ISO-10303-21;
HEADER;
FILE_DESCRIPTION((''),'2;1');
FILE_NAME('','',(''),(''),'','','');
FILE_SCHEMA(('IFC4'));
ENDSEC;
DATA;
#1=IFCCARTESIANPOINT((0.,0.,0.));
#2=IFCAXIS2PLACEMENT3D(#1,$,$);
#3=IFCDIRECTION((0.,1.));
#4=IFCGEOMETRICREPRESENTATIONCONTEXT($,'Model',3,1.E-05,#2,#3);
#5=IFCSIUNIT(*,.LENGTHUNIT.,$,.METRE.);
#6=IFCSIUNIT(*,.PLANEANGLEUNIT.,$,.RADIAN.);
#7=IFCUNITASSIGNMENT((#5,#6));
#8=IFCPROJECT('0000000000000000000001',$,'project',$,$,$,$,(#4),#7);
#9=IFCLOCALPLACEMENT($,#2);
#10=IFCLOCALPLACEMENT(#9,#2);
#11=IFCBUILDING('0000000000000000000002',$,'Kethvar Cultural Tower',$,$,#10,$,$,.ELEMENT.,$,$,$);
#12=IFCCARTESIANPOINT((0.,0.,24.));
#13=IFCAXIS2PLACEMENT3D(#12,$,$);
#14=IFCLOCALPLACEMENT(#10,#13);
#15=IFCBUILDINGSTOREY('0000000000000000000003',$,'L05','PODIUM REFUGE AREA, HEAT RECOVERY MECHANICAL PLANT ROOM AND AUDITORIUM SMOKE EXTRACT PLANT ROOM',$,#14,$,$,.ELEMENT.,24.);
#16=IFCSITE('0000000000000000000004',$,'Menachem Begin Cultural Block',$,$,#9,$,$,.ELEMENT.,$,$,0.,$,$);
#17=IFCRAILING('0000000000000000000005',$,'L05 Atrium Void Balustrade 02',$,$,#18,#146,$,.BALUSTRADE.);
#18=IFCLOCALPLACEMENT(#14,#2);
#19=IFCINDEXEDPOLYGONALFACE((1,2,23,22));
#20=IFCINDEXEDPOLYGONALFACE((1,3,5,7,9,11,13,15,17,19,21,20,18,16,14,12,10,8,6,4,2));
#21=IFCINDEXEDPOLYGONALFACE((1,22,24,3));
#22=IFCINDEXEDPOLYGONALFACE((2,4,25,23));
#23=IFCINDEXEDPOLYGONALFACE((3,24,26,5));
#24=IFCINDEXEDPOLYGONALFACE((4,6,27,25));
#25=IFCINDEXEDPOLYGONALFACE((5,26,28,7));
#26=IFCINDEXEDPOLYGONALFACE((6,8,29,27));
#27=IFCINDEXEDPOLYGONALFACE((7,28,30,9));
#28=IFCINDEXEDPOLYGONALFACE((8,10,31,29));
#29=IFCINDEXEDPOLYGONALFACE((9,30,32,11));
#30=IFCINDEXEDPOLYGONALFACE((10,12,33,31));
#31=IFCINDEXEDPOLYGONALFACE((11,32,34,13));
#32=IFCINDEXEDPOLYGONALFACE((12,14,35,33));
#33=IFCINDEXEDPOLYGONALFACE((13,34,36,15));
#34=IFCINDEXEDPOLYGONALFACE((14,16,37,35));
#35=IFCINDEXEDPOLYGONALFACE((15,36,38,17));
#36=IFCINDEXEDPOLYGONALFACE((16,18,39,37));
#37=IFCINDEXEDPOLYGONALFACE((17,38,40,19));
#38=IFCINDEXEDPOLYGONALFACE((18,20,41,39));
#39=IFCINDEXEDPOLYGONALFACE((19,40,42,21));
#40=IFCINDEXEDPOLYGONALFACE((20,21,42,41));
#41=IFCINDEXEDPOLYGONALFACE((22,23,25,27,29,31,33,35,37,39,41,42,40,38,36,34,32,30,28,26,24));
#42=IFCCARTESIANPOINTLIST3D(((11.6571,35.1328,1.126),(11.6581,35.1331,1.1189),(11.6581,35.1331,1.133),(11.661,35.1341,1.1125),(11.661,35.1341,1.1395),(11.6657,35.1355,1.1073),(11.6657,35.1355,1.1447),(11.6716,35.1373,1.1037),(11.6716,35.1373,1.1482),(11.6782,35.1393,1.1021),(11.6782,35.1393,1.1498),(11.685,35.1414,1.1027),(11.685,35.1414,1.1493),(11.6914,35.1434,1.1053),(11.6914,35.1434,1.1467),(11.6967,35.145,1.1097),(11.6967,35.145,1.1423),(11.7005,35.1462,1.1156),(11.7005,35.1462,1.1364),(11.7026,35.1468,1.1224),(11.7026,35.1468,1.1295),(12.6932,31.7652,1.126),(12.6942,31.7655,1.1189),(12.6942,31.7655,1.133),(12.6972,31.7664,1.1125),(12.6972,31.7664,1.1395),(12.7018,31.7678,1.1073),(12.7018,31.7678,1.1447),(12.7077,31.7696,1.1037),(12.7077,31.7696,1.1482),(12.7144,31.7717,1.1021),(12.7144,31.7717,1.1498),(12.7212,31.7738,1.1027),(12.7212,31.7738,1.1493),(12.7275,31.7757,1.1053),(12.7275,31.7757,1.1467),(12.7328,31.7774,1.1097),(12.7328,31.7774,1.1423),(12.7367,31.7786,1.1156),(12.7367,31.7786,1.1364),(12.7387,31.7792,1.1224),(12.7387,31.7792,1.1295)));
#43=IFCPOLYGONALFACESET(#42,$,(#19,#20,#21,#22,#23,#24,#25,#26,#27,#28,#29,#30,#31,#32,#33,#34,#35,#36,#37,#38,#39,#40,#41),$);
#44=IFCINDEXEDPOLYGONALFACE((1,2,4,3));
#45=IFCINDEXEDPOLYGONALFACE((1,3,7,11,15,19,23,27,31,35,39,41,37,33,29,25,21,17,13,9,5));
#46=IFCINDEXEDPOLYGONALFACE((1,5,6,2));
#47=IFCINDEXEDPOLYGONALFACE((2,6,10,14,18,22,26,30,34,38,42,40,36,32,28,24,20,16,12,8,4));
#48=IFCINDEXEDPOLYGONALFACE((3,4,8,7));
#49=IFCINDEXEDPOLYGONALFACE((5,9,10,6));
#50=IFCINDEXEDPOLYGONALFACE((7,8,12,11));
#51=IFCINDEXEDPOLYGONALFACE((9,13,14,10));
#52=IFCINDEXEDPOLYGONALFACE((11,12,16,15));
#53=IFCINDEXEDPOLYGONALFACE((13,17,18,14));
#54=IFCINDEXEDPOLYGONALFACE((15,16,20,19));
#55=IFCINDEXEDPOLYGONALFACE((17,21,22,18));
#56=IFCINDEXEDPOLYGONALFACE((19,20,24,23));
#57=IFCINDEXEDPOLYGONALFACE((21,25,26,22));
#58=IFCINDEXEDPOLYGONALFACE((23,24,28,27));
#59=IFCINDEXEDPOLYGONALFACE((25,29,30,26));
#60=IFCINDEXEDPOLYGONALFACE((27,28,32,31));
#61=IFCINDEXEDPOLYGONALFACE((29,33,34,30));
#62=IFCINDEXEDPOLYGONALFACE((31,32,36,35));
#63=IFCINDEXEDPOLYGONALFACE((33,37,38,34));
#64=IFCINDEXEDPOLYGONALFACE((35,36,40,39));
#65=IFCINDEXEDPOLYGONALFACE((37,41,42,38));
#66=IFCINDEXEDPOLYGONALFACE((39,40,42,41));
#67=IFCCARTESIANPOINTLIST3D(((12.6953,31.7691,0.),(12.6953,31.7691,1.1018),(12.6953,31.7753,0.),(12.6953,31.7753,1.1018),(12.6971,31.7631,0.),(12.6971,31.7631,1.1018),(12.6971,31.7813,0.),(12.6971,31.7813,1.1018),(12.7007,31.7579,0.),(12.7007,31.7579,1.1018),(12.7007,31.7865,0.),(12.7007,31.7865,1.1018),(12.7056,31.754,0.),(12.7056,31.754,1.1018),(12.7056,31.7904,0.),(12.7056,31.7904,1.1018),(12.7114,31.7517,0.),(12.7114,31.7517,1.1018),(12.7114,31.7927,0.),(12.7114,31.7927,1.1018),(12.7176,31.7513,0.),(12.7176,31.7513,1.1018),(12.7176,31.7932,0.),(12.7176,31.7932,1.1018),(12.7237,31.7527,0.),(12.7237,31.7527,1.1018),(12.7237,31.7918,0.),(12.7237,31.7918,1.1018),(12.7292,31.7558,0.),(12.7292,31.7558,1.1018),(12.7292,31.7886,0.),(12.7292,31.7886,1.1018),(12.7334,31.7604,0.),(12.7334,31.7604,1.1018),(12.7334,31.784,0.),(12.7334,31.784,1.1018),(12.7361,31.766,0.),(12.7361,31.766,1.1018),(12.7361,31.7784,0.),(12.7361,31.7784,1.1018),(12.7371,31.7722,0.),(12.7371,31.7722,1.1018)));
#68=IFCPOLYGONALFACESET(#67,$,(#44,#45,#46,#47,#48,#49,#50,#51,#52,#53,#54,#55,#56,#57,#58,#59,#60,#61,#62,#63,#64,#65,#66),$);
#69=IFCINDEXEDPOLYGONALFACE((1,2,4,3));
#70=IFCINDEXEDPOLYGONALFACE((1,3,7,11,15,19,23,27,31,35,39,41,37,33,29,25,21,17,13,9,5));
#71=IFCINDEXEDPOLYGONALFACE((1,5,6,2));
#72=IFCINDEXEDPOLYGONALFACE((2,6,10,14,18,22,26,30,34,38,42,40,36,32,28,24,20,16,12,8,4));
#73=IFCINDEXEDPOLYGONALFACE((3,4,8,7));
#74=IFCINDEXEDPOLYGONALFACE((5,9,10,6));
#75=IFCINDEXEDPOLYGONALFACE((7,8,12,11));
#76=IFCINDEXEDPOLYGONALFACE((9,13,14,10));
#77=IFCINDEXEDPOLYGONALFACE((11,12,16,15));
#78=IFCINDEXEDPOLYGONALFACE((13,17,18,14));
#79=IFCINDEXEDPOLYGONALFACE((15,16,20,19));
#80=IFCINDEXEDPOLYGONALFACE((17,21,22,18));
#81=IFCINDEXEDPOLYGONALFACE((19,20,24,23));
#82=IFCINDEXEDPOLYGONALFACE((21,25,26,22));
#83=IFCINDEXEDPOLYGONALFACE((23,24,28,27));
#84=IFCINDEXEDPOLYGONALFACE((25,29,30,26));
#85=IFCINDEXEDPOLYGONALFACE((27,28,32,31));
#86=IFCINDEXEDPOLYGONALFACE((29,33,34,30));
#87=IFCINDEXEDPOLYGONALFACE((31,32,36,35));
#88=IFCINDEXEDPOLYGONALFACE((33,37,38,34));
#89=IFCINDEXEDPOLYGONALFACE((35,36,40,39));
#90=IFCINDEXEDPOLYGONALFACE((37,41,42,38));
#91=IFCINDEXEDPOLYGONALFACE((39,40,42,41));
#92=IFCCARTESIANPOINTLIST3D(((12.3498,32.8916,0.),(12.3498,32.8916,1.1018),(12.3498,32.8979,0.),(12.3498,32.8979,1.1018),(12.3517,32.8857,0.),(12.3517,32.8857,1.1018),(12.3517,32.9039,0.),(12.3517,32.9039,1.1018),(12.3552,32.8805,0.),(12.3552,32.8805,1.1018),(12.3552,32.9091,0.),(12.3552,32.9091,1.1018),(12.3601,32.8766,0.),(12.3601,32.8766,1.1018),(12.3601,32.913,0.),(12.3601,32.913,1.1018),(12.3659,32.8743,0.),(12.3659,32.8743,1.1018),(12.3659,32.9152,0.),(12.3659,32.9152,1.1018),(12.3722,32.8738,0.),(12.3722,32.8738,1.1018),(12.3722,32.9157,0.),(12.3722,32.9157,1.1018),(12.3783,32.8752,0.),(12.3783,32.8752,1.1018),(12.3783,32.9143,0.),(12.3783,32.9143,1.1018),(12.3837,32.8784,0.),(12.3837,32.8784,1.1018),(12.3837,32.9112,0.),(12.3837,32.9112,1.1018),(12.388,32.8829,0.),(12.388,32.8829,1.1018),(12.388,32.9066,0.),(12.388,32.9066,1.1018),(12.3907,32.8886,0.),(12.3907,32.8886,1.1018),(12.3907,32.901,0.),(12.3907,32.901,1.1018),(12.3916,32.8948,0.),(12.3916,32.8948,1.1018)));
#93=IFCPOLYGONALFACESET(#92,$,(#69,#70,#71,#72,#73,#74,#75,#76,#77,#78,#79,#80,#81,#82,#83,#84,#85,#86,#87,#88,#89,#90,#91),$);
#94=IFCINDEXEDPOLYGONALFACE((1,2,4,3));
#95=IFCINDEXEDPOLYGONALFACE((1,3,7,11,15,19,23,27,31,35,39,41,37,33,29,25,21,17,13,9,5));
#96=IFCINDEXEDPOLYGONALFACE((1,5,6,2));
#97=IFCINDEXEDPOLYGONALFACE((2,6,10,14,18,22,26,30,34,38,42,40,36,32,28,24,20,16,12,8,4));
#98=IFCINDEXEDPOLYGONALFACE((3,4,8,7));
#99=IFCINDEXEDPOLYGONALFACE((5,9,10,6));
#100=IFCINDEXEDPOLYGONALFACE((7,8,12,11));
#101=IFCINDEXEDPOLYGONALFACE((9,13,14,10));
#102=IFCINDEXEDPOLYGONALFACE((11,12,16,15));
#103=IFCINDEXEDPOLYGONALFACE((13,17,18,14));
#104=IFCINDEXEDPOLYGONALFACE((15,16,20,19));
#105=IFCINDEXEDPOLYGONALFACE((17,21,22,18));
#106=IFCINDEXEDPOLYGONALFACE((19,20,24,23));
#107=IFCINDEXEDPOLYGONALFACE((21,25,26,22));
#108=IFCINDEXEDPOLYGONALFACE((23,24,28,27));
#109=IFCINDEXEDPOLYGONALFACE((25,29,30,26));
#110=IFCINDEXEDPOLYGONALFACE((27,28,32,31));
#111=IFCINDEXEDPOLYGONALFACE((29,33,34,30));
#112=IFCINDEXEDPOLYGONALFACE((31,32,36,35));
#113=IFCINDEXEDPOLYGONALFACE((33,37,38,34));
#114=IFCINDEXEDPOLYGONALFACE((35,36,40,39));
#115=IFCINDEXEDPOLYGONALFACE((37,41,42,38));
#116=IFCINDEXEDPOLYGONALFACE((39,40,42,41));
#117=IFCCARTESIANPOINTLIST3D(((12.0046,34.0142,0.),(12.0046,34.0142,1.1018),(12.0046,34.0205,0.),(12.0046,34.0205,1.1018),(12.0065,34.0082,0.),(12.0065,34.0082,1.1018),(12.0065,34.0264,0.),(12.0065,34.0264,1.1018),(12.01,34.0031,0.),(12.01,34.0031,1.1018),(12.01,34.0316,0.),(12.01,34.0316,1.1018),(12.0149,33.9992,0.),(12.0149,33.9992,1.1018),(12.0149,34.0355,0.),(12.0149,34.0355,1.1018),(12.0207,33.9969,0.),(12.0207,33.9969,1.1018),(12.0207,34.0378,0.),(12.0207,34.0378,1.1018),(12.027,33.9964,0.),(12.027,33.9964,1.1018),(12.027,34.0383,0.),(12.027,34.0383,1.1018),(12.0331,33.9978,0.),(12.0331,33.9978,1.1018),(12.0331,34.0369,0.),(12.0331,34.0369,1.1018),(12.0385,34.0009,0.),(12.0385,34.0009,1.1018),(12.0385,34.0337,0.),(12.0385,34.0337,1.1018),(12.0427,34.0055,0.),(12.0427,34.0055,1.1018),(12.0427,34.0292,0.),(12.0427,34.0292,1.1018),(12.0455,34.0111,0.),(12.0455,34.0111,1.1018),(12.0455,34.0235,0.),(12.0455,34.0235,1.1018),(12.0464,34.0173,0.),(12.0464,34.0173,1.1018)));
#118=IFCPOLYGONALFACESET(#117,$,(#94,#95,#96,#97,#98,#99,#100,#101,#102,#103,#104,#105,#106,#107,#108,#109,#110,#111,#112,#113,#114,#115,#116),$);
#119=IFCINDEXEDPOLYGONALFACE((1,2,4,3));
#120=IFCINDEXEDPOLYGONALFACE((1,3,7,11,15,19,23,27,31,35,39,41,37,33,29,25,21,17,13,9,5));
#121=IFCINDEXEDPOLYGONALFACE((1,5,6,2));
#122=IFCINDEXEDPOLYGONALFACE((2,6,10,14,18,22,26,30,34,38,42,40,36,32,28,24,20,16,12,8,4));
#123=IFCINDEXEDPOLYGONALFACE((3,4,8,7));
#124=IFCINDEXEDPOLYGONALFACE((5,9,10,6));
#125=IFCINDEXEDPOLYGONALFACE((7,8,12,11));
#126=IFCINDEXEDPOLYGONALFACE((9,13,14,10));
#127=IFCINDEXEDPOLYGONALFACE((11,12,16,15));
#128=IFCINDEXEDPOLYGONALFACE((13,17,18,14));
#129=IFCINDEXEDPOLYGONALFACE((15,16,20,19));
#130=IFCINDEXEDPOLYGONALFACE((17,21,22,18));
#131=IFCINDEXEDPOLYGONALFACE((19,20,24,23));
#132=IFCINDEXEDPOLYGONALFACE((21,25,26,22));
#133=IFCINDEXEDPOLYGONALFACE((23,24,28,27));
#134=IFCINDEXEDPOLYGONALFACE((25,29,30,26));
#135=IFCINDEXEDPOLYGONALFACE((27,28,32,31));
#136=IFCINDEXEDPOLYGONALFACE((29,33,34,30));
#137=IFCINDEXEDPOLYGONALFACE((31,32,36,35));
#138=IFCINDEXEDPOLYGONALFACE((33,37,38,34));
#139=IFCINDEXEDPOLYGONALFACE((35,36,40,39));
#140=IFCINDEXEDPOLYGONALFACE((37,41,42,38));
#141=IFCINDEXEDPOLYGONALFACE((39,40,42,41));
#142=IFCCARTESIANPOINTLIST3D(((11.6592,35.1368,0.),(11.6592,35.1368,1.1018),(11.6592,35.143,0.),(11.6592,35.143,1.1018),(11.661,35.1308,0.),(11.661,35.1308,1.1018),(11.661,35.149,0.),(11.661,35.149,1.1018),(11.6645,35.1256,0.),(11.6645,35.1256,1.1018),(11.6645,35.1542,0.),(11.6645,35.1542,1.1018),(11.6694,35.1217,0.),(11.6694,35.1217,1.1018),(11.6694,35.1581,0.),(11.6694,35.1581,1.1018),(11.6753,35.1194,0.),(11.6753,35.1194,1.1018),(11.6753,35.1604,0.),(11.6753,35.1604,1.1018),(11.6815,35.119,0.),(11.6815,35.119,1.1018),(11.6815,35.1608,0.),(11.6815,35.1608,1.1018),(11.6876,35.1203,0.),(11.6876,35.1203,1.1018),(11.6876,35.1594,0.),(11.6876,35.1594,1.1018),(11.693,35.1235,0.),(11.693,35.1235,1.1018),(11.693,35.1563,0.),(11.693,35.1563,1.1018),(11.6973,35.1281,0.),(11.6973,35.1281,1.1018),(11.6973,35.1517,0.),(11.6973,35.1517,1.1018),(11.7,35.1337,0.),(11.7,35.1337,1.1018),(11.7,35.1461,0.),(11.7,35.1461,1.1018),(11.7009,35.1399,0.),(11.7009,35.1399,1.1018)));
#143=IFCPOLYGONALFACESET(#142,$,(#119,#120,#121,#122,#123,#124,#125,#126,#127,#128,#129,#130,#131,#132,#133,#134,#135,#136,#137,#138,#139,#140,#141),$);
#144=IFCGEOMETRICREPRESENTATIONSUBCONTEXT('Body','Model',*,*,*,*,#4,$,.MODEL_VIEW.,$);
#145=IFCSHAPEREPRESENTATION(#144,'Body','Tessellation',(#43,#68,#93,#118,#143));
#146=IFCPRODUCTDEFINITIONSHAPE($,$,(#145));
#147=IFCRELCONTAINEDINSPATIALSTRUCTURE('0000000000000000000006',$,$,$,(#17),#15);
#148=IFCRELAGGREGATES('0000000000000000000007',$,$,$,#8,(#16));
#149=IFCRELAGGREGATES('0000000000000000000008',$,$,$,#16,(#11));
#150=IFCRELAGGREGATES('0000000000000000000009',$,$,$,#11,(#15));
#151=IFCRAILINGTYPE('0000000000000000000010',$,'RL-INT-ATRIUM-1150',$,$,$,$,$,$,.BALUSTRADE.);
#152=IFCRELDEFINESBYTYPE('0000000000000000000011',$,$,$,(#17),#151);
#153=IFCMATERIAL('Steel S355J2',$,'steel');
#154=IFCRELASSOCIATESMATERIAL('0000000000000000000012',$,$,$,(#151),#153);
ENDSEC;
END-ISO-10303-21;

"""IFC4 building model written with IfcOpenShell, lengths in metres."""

from ifc_helpers import new_model, si_unit, direction, frame, origin, origin_2d, place, context, subcontext, project, spatial, circle, extrude, material, type_object, element, save


model = new_model("IFC4")

# Units and contexts
model_context = context("Model", 3, precision=1e-05, world=origin(), true_north=direction((0.0, 1.0)))
body_context = subcontext(model_context, "Body", "Model", "MODEL_VIEW")
ifc_project = project(units=[si_unit("LENGTHUNIT", "METRE"), si_unit("PLANEANGLEUNIT", "RADIAN")], contexts=[model_context])

# Site, building, storey
site_placement = place(None, origin())
site = spatial("IfcSite", under=ifc_project, at=site_placement, Name="Menachem Begin Cultural Block", CompositionType="ELEMENT", RefElevation=0.0)
building_placement = place(site_placement, origin())
building = spatial("IfcBuilding", under=site, at=building_placement, Name="Kethvar Cultural Tower", CompositionType="ELEMENT")
storey_placement = place(building_placement, frame((0.0, 0.0, 24.0)))
storey = spatial("IfcBuildingStorey", under=building, at=storey_placement, Name="L05", Description="PODIUM REFUGE AREA, HEAT RECOVERY MECHANICAL PLANT ROOM AND AUDITORIUM SMOKE EXTRACT PLANT ROOM", CompositionType="ELEMENT", Elevation=24.0)

# Shared definitions
ifc_material_1 = material(Name="Steel S355J2", Category="steel")

# Railing
railing_type = type_object("IfcRailingType", Name="RL-INT-ATRIUM-1150", PredefinedType="BALUSTRADE", material=ifc_material_1)
railing_1_placement = place(storey_placement, frame((12.7161, 31.7722, 0.0)))
element("IfcRailing", 1, at=railing_1_placement, inside=storey, type_object=railing_type, Name="L05 Atrium Void Balustrade 02", PredefinedType="BALUSTRADE", context=body_context, shape_type="SweptSolid", body=[
    extrude(circle(Radius=0.0239, at=origin_2d()), frame((0.0, 0.0, 1.126), z_axis=(-0.294066, 0.955785, 0.0), x_axis=(-0.955785, -0.294066, 0.0)), (0.0, 0.0, 1.0), 3.5234),
    extrude(circle(Radius=0.021, at=origin_2d()), origin(), (0.0, 0.0, 1.0), 1.1018),
    extrude(circle(Radius=0.021, at=origin_2d()), frame((-0.3455, 1.1226, 0.0)), (0.0, 0.0, 1.0), 1.1018),
    extrude(circle(Radius=0.021, at=origin_2d()), frame((-0.6907, 2.2451, 0.0)), (0.0, 0.0, 1.0), 1.1018),
    extrude(circle(Radius=0.021, at=origin_2d()), frame((-1.0361, 3.3677, 0.0)), (0.0, 0.0, 1.0), 1.1018),
])

save(model, "model.ifc")
